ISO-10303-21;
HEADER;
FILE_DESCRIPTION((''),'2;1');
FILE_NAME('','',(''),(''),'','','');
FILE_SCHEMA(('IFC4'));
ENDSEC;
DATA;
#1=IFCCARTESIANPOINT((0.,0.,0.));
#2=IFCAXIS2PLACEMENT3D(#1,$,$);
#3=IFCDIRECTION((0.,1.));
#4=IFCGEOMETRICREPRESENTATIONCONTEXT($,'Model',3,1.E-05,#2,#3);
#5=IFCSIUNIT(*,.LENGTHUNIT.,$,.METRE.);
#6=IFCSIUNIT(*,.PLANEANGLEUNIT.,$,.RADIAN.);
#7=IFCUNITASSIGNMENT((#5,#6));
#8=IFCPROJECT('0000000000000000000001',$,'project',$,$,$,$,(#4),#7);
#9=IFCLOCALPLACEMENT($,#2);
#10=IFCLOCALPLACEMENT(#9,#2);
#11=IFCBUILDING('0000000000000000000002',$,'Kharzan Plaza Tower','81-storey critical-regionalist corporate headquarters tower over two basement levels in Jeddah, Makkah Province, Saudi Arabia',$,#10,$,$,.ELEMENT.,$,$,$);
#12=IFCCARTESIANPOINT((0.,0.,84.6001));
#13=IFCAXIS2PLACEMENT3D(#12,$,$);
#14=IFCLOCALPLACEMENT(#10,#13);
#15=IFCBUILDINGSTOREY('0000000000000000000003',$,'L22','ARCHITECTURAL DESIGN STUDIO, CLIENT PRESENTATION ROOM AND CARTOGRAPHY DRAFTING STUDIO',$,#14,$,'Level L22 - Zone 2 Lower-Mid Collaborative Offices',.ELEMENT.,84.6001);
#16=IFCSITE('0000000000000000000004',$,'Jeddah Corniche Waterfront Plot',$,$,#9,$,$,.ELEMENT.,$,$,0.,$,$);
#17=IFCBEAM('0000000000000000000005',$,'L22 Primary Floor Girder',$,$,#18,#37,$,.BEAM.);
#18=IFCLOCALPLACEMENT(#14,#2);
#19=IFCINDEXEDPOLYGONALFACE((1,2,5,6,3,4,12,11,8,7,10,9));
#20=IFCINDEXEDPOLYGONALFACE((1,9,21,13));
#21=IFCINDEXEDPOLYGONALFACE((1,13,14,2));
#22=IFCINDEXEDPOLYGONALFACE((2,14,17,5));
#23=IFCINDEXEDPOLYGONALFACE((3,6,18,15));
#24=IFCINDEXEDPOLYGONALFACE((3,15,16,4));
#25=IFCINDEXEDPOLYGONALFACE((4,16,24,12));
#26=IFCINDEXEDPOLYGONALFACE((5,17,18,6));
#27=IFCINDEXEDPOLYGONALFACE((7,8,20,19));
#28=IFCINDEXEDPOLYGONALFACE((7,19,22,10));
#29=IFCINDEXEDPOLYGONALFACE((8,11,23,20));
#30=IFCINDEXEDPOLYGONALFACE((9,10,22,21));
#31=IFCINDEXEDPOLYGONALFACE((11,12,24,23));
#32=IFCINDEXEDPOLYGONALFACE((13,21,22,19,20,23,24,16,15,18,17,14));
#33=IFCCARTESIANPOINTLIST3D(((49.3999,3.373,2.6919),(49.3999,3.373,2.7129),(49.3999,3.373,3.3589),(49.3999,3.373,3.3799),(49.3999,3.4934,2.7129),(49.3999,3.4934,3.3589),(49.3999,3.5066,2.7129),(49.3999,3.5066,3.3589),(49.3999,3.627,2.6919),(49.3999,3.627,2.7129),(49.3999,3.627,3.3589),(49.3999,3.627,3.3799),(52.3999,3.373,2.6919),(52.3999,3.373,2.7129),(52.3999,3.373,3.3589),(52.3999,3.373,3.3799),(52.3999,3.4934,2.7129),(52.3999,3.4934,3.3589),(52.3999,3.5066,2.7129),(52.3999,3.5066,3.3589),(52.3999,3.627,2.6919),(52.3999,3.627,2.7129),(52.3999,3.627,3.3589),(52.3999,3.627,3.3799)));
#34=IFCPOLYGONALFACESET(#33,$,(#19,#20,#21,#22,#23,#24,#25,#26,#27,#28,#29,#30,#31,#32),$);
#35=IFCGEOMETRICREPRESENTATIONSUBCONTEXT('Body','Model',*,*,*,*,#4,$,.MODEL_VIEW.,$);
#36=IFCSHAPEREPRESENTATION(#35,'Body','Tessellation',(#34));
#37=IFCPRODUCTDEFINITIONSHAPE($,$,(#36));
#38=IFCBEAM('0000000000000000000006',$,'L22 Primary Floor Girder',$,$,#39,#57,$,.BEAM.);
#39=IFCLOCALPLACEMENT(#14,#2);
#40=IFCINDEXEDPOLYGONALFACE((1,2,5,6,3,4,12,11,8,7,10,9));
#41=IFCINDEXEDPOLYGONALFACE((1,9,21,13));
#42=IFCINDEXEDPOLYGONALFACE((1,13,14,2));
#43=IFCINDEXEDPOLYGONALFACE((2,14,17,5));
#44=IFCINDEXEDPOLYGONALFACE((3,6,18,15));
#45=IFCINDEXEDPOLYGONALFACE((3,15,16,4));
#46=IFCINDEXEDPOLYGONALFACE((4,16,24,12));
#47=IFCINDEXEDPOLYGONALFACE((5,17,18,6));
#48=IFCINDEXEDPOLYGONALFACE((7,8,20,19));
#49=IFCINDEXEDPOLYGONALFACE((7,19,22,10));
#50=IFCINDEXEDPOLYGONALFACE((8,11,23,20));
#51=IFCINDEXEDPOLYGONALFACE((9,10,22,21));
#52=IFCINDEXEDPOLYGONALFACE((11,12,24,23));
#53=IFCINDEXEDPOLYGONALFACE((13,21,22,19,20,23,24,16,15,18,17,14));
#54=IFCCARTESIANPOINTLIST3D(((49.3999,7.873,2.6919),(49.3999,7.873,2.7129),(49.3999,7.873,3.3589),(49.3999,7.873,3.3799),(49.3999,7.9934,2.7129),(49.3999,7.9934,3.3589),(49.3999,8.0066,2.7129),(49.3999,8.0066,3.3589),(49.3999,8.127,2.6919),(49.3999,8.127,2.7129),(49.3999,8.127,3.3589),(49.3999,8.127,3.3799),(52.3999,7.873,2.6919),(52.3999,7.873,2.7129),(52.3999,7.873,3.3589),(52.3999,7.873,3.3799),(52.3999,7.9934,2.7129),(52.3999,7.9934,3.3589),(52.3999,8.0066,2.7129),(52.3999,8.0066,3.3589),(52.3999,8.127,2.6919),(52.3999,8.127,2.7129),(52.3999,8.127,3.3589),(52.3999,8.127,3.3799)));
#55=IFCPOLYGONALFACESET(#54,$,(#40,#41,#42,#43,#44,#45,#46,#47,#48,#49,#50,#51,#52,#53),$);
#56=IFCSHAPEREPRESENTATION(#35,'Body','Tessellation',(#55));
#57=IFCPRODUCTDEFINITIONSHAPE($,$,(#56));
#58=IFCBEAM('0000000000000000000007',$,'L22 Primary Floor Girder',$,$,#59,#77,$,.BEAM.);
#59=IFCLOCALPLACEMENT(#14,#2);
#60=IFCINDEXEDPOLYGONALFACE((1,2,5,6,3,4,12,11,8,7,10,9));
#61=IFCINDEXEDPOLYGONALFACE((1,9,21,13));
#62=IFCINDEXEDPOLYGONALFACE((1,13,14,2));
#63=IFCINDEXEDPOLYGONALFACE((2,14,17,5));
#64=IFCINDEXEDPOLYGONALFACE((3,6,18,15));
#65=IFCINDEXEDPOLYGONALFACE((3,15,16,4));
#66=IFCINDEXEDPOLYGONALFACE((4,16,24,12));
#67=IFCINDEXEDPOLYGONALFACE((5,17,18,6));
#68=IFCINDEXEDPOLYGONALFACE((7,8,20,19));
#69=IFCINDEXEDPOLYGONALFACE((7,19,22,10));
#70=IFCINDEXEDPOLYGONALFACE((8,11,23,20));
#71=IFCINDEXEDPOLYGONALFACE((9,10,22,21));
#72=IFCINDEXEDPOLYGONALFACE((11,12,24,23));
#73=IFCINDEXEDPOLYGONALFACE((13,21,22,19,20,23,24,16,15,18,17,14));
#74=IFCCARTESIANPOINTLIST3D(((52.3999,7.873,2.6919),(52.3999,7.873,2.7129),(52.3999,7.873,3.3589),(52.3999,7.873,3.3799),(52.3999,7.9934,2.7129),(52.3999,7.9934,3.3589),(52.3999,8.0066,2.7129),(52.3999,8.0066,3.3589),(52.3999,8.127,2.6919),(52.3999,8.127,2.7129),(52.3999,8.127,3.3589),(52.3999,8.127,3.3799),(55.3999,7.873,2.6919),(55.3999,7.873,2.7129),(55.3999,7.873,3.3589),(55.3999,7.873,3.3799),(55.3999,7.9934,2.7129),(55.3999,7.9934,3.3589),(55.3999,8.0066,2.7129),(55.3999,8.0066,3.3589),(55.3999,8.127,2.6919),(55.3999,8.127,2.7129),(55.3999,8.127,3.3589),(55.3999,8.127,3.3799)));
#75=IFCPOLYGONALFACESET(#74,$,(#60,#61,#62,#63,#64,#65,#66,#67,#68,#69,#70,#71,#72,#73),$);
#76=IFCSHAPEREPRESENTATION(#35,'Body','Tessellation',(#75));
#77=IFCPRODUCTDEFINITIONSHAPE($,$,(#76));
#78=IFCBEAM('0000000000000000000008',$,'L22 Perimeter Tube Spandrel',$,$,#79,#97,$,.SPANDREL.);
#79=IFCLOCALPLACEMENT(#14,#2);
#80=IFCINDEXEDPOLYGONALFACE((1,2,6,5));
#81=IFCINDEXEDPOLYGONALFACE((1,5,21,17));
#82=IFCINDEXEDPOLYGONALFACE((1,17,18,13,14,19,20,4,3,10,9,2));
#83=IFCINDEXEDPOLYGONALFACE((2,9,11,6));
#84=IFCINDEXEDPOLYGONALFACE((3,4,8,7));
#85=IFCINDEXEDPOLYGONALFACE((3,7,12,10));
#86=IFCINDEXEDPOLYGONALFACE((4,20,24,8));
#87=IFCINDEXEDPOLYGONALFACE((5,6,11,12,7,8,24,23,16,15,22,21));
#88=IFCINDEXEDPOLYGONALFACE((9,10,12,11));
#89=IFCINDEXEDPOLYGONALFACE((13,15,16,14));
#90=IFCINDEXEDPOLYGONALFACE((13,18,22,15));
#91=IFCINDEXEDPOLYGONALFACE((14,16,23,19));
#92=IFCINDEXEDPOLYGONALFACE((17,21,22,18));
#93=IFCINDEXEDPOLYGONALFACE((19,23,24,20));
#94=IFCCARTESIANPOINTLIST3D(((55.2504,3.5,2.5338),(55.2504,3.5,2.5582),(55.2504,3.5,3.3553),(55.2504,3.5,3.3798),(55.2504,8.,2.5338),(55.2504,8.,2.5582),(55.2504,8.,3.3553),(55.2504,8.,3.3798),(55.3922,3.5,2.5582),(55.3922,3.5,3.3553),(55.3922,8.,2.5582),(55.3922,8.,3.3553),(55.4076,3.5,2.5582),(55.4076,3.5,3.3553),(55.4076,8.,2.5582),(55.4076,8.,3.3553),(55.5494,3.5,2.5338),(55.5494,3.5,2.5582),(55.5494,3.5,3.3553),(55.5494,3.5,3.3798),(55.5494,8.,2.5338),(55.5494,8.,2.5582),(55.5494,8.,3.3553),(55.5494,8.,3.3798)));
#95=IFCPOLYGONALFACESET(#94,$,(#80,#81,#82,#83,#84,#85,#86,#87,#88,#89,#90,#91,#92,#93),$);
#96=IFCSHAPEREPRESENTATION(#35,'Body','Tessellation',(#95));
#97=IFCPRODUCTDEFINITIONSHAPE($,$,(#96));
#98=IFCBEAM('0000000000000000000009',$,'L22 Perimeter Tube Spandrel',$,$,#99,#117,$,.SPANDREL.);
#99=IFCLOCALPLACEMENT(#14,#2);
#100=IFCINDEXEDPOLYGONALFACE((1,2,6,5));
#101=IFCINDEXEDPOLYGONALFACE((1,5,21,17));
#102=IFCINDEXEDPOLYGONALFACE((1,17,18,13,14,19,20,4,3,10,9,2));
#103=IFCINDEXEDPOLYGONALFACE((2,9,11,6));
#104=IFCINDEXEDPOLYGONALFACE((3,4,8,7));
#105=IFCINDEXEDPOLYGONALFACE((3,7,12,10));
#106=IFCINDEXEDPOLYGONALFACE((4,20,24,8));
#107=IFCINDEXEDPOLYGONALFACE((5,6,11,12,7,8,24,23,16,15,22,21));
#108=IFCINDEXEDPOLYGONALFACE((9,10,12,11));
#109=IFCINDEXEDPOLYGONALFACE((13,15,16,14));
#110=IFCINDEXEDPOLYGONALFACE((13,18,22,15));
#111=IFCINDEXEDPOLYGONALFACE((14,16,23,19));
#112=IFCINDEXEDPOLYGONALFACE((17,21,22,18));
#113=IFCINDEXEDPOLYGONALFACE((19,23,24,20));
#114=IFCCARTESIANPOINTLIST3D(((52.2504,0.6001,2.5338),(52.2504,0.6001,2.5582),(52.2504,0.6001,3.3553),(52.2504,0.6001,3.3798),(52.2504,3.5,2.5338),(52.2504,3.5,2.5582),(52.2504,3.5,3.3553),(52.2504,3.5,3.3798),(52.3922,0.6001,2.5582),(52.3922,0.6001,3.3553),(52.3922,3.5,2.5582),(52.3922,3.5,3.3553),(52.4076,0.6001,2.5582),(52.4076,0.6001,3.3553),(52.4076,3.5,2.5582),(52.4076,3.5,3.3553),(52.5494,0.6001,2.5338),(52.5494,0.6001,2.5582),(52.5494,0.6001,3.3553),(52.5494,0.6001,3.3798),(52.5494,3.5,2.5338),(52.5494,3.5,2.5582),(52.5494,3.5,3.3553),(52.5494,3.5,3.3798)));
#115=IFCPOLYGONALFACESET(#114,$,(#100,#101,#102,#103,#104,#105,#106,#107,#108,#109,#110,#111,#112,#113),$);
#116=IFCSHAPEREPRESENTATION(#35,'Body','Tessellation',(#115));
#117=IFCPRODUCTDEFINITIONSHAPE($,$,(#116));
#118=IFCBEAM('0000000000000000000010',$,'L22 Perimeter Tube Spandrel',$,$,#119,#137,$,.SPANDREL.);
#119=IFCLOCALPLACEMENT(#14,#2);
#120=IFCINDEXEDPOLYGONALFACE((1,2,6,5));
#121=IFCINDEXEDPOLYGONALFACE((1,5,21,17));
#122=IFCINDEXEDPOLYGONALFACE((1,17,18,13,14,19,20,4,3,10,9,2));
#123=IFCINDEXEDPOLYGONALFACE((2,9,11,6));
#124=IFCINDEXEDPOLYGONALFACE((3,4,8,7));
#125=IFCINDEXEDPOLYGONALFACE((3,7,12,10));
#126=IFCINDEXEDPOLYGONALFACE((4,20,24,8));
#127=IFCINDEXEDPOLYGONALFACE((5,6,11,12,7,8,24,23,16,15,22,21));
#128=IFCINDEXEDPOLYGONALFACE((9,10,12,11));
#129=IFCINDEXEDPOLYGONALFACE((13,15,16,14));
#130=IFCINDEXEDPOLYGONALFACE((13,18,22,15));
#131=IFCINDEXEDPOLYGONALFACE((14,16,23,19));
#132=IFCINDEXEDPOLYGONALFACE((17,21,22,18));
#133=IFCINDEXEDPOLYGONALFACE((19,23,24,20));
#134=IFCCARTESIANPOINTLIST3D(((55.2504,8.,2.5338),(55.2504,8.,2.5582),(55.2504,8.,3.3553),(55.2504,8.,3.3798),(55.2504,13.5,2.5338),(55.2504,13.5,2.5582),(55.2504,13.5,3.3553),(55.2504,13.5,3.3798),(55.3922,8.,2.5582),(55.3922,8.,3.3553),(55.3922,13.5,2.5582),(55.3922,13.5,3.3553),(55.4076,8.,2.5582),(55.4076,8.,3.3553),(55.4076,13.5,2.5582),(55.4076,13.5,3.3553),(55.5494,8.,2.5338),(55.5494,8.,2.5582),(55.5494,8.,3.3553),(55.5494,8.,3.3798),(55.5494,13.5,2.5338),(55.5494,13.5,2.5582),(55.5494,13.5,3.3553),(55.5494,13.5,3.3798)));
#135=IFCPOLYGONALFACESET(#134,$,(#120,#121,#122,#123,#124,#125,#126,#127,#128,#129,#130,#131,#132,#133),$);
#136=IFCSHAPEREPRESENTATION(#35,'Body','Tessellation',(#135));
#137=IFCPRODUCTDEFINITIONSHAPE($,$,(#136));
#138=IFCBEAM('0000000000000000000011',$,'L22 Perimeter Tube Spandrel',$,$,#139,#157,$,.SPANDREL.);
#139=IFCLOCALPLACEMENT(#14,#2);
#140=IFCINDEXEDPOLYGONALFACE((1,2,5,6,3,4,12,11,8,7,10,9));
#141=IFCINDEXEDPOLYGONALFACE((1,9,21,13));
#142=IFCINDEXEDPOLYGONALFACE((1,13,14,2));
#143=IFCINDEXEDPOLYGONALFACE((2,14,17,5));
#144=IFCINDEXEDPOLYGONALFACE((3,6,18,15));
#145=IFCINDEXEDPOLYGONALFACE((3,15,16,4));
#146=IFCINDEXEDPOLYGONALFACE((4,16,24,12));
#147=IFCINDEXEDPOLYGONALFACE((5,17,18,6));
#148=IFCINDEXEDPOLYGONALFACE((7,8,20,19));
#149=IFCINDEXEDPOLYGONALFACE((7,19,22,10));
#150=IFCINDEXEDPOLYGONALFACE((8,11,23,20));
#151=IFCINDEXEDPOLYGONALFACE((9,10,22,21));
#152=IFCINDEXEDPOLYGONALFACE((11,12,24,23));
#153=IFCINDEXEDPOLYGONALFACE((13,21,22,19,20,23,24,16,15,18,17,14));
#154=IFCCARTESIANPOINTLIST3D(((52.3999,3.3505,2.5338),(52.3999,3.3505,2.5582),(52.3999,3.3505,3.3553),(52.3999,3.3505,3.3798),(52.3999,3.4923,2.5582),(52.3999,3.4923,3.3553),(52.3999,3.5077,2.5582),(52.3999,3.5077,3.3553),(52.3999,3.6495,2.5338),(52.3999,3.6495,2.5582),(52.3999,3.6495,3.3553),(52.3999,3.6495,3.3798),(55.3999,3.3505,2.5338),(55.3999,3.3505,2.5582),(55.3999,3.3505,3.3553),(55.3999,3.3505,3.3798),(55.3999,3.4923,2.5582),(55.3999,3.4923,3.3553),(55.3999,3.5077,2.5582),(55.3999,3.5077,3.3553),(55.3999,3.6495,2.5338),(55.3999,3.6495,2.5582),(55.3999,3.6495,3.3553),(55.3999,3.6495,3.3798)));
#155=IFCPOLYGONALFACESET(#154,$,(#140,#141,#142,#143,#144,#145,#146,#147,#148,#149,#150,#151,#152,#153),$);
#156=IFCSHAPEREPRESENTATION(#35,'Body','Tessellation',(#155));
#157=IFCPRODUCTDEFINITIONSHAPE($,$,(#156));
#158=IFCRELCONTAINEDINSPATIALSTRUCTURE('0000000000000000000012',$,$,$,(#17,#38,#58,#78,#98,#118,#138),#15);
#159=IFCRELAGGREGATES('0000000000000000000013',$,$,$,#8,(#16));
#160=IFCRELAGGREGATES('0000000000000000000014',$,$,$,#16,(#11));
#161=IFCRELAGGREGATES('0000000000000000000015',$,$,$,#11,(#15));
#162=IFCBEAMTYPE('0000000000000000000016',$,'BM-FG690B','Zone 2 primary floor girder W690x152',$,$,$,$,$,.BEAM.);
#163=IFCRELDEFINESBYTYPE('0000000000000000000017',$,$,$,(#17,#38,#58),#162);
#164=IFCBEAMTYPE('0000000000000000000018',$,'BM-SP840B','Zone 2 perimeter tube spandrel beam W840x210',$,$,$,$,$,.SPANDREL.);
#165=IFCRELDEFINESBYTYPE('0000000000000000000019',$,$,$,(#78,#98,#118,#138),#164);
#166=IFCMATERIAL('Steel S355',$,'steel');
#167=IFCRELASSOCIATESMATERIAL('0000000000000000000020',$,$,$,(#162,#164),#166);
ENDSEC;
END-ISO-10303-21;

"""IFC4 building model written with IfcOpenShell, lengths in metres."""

from ifc_helpers import new_model, si_unit, direction, frame, origin, origin_2d, place, context, subcontext, project, spatial, i_section, extrude, source, transform, mapped, material, material_profile, profile_set, type_object, element, save


model = new_model("IFC4")

# Units and contexts
model_context = context("Model", 3, precision=1e-05, world=origin(), true_north=direction((0.0, 1.0)))
body_context = subcontext(model_context, "Body", "Model", "MODEL_VIEW")
ifc_project = project(units=[si_unit("LENGTHUNIT", "METRE"), si_unit("PLANEANGLEUNIT", "RADIAN")], contexts=[model_context])

# Site, building, storey
site_placement = place(None, origin())
site = spatial("IfcSite", under=ifc_project, at=site_placement, Name="Jeddah Corniche Waterfront Plot", CompositionType="ELEMENT", RefElevation=0.0)
building_placement = place(site_placement, origin())
building = spatial("IfcBuilding", under=site, at=building_placement, Name="Kharzan Plaza Tower", Description="81-storey critical-regionalist corporate headquarters tower over two basement levels in Jeddah, Makkah Province, Saudi Arabia", CompositionType="ELEMENT")
storey_placement = place(building_placement, frame((0.0, 0.0, 84.6001)))
storey = spatial("IfcBuildingStorey", under=building, at=storey_placement, Name="L22", Description="ARCHITECTURAL DESIGN STUDIO, CLIENT PRESENTATION ROOM AND CARTOGRAPHY DRAFTING STUDIO", LongName="Level L22 - Zone 2 Lower-Mid Collaborative Offices", CompositionType="ELEMENT", Elevation=84.6001)

# Beams
ifc_material_1 = material(Name="Steel S355", Category="steel")
ifc_material_profile_1 = material_profile(ifc_material_1, i_section(OverallWidth=0.2539, OverallDepth=0.688, WebThickness=0.0132, FlangeThickness=0.021, at=origin_2d()), Name="W690x152")
ifc_profile_set_1 = profile_set([ifc_material_profile_1], Name="Steel S355")
beam_type_1 = type_object("IfcBeamType", Name="BM-FG690B", Description="Zone 2 primary floor girder W690x152", PredefinedType="BEAM", material=ifc_profile_set_1)
shared_shape_1 = source(origin(), body_context, "Body", "SweptSolid", [
    extrude(i_section(OverallWidth=0.2539, OverallDepth=0.688, WebThickness=0.0132, FlangeThickness=0.021, at=origin_2d()), origin(), (0.0, 0.0, 1.0), 3.0),
])
for number, where, z_axis, x_axis, name in (
    (1, (49.3999, 3.5, 3.0359), (1.0, 0.0, 0.0), (0.0, 1.0, 0.0), "L22 Primary Floor Girder"),
    (2, (49.3999, 8.0, 3.0359), (1.0, 0.0, 0.0), (0.0, 1.0, 0.0), "L22 Primary Floor Girder"),
    (3, (52.3999, 8.0, 3.0359), (1.0, 0.0, 0.0), (0.0, 1.0, 0.0), "L22 Primary Floor Girder"),
):
    element("IfcBeam", number, at=place(storey_placement, frame(where, z_axis=z_axis, x_axis=x_axis)), inside=storey, type_object=beam_type_1, Name=name, PredefinedType="BEAM", context=body_context, shape_type="MappedRepresentation", body=[
        mapped(shared_shape_1, transform((0.0, 0.0, 0.0), x_axis=(1.0, 0.0, 0.0), y_axis=(0.0, 1.0, 0.0), z_axis=(0.0, 0.0, 1.0))),
    ])
ifc_material_profile_2 = material_profile(ifc_material_1, i_section(OverallWidth=0.2991, OverallDepth=0.8459, WebThickness=0.0154, FlangeThickness=0.0244, at=origin_2d()), Name="W840x210")
ifc_profile_set_2 = profile_set([ifc_material_profile_2], Name="Steel S355")
beam_type_2 = type_object("IfcBeamType", Name="BM-SP840B", Description="Zone 2 perimeter tube spandrel beam W840x210", PredefinedType="SPANDREL", material=ifc_profile_set_2)
shared_shape_2 = source(origin(), body_context, "Body", "SweptSolid", [
    extrude(i_section(OverallWidth=0.2991, OverallDepth=0.8459, WebThickness=0.0154, FlangeThickness=0.0244, at=origin_2d()), origin(), (0.0, 0.0, 1.0), 4.5),
])
beam_1_placement = place(storey_placement, frame((55.3999, 3.5, 2.9568), z_axis=(0.0, 1.0, 0.0), x_axis=(-1.0, 0.0, 0.0)))
element("IfcBeam", 4, at=beam_1_placement, inside=storey, type_object=beam_type_2, Name="L22 Perimeter Tube Spandrel", PredefinedType="SPANDREL", context=body_context, shape_type="MappedRepresentation", body=[
    mapped(shared_shape_2, transform((0.0, 0.0, 0.0), x_axis=(1.0, 0.0, 0.0), y_axis=(0.0, 1.0, 0.0), z_axis=(0.0, 0.0, 1.0))),
])
shared_shape_3 = source(origin(), body_context, "Body", "SweptSolid", [
    extrude(i_section(OverallWidth=0.2991, OverallDepth=0.8459, WebThickness=0.0154, FlangeThickness=0.0244, at=origin_2d()), origin(), (0.0, 0.0, 1.0), 2.8999),
])
beam_2_placement = place(storey_placement, frame((52.3999, 0.6001, 2.9568), z_axis=(0.0, 1.0, 0.0), x_axis=(-1.0, 0.0, 0.0)))
element("IfcBeam", 5, at=beam_2_placement, inside=storey, type_object=beam_type_2, Name="L22 Perimeter Tube Spandrel", PredefinedType="SPANDREL", context=body_context, shape_type="MappedRepresentation", body=[
    mapped(shared_shape_3, transform((0.0, 0.0, 0.0), x_axis=(1.0, 0.0, 0.0), y_axis=(0.0, 1.0, 0.0), z_axis=(0.0, 0.0, 1.0))),
])
shared_shape_4 = source(origin(), body_context, "Body", "SweptSolid", [
    extrude(i_section(OverallWidth=0.2991, OverallDepth=0.8459, WebThickness=0.0154, FlangeThickness=0.0244, at=origin_2d()), origin(), (0.0, 0.0, 1.0), 5.5),
])
beam_3_placement = place(storey_placement, frame((55.3999, 8.0, 2.9568), z_axis=(0.0, 1.0, 0.0), x_axis=(-1.0, 0.0, 0.0)))
element("IfcBeam", 6, at=beam_3_placement, inside=storey, type_object=beam_type_2, Name="L22 Perimeter Tube Spandrel", PredefinedType="SPANDREL", context=body_context, shape_type="MappedRepresentation", body=[
    mapped(shared_shape_4, transform((0.0, 0.0, 0.0), x_axis=(1.0, 0.0, 0.0), y_axis=(0.0, 1.0, 0.0), z_axis=(0.0, 0.0, 1.0))),
])
shared_shape_5 = source(origin(), body_context, "Body", "SweptSolid", [
    extrude(i_section(OverallWidth=0.2991, OverallDepth=0.8459, WebThickness=0.0154, FlangeThickness=0.0244, at=origin_2d()), origin(), (0.0, 0.0, 1.0), 3.0),
])
beam_4_placement = place(storey_placement, frame((52.3999, 3.5, 2.9568), z_axis=(1.0, 0.0, 0.0), x_axis=(0.0, 1.0, 0.0)))
element("IfcBeam", 7, at=beam_4_placement, inside=storey, type_object=beam_type_2, Name="L22 Perimeter Tube Spandrel", PredefinedType="SPANDREL", context=body_context, shape_type="MappedRepresentation", body=[
    mapped(shared_shape_5, transform((0.0, 0.0, 0.0), x_axis=(1.0, 0.0, 0.0), y_axis=(0.0, 1.0, 0.0), z_axis=(0.0, 0.0, 1.0))),
])

save(model, "model.ifc")
